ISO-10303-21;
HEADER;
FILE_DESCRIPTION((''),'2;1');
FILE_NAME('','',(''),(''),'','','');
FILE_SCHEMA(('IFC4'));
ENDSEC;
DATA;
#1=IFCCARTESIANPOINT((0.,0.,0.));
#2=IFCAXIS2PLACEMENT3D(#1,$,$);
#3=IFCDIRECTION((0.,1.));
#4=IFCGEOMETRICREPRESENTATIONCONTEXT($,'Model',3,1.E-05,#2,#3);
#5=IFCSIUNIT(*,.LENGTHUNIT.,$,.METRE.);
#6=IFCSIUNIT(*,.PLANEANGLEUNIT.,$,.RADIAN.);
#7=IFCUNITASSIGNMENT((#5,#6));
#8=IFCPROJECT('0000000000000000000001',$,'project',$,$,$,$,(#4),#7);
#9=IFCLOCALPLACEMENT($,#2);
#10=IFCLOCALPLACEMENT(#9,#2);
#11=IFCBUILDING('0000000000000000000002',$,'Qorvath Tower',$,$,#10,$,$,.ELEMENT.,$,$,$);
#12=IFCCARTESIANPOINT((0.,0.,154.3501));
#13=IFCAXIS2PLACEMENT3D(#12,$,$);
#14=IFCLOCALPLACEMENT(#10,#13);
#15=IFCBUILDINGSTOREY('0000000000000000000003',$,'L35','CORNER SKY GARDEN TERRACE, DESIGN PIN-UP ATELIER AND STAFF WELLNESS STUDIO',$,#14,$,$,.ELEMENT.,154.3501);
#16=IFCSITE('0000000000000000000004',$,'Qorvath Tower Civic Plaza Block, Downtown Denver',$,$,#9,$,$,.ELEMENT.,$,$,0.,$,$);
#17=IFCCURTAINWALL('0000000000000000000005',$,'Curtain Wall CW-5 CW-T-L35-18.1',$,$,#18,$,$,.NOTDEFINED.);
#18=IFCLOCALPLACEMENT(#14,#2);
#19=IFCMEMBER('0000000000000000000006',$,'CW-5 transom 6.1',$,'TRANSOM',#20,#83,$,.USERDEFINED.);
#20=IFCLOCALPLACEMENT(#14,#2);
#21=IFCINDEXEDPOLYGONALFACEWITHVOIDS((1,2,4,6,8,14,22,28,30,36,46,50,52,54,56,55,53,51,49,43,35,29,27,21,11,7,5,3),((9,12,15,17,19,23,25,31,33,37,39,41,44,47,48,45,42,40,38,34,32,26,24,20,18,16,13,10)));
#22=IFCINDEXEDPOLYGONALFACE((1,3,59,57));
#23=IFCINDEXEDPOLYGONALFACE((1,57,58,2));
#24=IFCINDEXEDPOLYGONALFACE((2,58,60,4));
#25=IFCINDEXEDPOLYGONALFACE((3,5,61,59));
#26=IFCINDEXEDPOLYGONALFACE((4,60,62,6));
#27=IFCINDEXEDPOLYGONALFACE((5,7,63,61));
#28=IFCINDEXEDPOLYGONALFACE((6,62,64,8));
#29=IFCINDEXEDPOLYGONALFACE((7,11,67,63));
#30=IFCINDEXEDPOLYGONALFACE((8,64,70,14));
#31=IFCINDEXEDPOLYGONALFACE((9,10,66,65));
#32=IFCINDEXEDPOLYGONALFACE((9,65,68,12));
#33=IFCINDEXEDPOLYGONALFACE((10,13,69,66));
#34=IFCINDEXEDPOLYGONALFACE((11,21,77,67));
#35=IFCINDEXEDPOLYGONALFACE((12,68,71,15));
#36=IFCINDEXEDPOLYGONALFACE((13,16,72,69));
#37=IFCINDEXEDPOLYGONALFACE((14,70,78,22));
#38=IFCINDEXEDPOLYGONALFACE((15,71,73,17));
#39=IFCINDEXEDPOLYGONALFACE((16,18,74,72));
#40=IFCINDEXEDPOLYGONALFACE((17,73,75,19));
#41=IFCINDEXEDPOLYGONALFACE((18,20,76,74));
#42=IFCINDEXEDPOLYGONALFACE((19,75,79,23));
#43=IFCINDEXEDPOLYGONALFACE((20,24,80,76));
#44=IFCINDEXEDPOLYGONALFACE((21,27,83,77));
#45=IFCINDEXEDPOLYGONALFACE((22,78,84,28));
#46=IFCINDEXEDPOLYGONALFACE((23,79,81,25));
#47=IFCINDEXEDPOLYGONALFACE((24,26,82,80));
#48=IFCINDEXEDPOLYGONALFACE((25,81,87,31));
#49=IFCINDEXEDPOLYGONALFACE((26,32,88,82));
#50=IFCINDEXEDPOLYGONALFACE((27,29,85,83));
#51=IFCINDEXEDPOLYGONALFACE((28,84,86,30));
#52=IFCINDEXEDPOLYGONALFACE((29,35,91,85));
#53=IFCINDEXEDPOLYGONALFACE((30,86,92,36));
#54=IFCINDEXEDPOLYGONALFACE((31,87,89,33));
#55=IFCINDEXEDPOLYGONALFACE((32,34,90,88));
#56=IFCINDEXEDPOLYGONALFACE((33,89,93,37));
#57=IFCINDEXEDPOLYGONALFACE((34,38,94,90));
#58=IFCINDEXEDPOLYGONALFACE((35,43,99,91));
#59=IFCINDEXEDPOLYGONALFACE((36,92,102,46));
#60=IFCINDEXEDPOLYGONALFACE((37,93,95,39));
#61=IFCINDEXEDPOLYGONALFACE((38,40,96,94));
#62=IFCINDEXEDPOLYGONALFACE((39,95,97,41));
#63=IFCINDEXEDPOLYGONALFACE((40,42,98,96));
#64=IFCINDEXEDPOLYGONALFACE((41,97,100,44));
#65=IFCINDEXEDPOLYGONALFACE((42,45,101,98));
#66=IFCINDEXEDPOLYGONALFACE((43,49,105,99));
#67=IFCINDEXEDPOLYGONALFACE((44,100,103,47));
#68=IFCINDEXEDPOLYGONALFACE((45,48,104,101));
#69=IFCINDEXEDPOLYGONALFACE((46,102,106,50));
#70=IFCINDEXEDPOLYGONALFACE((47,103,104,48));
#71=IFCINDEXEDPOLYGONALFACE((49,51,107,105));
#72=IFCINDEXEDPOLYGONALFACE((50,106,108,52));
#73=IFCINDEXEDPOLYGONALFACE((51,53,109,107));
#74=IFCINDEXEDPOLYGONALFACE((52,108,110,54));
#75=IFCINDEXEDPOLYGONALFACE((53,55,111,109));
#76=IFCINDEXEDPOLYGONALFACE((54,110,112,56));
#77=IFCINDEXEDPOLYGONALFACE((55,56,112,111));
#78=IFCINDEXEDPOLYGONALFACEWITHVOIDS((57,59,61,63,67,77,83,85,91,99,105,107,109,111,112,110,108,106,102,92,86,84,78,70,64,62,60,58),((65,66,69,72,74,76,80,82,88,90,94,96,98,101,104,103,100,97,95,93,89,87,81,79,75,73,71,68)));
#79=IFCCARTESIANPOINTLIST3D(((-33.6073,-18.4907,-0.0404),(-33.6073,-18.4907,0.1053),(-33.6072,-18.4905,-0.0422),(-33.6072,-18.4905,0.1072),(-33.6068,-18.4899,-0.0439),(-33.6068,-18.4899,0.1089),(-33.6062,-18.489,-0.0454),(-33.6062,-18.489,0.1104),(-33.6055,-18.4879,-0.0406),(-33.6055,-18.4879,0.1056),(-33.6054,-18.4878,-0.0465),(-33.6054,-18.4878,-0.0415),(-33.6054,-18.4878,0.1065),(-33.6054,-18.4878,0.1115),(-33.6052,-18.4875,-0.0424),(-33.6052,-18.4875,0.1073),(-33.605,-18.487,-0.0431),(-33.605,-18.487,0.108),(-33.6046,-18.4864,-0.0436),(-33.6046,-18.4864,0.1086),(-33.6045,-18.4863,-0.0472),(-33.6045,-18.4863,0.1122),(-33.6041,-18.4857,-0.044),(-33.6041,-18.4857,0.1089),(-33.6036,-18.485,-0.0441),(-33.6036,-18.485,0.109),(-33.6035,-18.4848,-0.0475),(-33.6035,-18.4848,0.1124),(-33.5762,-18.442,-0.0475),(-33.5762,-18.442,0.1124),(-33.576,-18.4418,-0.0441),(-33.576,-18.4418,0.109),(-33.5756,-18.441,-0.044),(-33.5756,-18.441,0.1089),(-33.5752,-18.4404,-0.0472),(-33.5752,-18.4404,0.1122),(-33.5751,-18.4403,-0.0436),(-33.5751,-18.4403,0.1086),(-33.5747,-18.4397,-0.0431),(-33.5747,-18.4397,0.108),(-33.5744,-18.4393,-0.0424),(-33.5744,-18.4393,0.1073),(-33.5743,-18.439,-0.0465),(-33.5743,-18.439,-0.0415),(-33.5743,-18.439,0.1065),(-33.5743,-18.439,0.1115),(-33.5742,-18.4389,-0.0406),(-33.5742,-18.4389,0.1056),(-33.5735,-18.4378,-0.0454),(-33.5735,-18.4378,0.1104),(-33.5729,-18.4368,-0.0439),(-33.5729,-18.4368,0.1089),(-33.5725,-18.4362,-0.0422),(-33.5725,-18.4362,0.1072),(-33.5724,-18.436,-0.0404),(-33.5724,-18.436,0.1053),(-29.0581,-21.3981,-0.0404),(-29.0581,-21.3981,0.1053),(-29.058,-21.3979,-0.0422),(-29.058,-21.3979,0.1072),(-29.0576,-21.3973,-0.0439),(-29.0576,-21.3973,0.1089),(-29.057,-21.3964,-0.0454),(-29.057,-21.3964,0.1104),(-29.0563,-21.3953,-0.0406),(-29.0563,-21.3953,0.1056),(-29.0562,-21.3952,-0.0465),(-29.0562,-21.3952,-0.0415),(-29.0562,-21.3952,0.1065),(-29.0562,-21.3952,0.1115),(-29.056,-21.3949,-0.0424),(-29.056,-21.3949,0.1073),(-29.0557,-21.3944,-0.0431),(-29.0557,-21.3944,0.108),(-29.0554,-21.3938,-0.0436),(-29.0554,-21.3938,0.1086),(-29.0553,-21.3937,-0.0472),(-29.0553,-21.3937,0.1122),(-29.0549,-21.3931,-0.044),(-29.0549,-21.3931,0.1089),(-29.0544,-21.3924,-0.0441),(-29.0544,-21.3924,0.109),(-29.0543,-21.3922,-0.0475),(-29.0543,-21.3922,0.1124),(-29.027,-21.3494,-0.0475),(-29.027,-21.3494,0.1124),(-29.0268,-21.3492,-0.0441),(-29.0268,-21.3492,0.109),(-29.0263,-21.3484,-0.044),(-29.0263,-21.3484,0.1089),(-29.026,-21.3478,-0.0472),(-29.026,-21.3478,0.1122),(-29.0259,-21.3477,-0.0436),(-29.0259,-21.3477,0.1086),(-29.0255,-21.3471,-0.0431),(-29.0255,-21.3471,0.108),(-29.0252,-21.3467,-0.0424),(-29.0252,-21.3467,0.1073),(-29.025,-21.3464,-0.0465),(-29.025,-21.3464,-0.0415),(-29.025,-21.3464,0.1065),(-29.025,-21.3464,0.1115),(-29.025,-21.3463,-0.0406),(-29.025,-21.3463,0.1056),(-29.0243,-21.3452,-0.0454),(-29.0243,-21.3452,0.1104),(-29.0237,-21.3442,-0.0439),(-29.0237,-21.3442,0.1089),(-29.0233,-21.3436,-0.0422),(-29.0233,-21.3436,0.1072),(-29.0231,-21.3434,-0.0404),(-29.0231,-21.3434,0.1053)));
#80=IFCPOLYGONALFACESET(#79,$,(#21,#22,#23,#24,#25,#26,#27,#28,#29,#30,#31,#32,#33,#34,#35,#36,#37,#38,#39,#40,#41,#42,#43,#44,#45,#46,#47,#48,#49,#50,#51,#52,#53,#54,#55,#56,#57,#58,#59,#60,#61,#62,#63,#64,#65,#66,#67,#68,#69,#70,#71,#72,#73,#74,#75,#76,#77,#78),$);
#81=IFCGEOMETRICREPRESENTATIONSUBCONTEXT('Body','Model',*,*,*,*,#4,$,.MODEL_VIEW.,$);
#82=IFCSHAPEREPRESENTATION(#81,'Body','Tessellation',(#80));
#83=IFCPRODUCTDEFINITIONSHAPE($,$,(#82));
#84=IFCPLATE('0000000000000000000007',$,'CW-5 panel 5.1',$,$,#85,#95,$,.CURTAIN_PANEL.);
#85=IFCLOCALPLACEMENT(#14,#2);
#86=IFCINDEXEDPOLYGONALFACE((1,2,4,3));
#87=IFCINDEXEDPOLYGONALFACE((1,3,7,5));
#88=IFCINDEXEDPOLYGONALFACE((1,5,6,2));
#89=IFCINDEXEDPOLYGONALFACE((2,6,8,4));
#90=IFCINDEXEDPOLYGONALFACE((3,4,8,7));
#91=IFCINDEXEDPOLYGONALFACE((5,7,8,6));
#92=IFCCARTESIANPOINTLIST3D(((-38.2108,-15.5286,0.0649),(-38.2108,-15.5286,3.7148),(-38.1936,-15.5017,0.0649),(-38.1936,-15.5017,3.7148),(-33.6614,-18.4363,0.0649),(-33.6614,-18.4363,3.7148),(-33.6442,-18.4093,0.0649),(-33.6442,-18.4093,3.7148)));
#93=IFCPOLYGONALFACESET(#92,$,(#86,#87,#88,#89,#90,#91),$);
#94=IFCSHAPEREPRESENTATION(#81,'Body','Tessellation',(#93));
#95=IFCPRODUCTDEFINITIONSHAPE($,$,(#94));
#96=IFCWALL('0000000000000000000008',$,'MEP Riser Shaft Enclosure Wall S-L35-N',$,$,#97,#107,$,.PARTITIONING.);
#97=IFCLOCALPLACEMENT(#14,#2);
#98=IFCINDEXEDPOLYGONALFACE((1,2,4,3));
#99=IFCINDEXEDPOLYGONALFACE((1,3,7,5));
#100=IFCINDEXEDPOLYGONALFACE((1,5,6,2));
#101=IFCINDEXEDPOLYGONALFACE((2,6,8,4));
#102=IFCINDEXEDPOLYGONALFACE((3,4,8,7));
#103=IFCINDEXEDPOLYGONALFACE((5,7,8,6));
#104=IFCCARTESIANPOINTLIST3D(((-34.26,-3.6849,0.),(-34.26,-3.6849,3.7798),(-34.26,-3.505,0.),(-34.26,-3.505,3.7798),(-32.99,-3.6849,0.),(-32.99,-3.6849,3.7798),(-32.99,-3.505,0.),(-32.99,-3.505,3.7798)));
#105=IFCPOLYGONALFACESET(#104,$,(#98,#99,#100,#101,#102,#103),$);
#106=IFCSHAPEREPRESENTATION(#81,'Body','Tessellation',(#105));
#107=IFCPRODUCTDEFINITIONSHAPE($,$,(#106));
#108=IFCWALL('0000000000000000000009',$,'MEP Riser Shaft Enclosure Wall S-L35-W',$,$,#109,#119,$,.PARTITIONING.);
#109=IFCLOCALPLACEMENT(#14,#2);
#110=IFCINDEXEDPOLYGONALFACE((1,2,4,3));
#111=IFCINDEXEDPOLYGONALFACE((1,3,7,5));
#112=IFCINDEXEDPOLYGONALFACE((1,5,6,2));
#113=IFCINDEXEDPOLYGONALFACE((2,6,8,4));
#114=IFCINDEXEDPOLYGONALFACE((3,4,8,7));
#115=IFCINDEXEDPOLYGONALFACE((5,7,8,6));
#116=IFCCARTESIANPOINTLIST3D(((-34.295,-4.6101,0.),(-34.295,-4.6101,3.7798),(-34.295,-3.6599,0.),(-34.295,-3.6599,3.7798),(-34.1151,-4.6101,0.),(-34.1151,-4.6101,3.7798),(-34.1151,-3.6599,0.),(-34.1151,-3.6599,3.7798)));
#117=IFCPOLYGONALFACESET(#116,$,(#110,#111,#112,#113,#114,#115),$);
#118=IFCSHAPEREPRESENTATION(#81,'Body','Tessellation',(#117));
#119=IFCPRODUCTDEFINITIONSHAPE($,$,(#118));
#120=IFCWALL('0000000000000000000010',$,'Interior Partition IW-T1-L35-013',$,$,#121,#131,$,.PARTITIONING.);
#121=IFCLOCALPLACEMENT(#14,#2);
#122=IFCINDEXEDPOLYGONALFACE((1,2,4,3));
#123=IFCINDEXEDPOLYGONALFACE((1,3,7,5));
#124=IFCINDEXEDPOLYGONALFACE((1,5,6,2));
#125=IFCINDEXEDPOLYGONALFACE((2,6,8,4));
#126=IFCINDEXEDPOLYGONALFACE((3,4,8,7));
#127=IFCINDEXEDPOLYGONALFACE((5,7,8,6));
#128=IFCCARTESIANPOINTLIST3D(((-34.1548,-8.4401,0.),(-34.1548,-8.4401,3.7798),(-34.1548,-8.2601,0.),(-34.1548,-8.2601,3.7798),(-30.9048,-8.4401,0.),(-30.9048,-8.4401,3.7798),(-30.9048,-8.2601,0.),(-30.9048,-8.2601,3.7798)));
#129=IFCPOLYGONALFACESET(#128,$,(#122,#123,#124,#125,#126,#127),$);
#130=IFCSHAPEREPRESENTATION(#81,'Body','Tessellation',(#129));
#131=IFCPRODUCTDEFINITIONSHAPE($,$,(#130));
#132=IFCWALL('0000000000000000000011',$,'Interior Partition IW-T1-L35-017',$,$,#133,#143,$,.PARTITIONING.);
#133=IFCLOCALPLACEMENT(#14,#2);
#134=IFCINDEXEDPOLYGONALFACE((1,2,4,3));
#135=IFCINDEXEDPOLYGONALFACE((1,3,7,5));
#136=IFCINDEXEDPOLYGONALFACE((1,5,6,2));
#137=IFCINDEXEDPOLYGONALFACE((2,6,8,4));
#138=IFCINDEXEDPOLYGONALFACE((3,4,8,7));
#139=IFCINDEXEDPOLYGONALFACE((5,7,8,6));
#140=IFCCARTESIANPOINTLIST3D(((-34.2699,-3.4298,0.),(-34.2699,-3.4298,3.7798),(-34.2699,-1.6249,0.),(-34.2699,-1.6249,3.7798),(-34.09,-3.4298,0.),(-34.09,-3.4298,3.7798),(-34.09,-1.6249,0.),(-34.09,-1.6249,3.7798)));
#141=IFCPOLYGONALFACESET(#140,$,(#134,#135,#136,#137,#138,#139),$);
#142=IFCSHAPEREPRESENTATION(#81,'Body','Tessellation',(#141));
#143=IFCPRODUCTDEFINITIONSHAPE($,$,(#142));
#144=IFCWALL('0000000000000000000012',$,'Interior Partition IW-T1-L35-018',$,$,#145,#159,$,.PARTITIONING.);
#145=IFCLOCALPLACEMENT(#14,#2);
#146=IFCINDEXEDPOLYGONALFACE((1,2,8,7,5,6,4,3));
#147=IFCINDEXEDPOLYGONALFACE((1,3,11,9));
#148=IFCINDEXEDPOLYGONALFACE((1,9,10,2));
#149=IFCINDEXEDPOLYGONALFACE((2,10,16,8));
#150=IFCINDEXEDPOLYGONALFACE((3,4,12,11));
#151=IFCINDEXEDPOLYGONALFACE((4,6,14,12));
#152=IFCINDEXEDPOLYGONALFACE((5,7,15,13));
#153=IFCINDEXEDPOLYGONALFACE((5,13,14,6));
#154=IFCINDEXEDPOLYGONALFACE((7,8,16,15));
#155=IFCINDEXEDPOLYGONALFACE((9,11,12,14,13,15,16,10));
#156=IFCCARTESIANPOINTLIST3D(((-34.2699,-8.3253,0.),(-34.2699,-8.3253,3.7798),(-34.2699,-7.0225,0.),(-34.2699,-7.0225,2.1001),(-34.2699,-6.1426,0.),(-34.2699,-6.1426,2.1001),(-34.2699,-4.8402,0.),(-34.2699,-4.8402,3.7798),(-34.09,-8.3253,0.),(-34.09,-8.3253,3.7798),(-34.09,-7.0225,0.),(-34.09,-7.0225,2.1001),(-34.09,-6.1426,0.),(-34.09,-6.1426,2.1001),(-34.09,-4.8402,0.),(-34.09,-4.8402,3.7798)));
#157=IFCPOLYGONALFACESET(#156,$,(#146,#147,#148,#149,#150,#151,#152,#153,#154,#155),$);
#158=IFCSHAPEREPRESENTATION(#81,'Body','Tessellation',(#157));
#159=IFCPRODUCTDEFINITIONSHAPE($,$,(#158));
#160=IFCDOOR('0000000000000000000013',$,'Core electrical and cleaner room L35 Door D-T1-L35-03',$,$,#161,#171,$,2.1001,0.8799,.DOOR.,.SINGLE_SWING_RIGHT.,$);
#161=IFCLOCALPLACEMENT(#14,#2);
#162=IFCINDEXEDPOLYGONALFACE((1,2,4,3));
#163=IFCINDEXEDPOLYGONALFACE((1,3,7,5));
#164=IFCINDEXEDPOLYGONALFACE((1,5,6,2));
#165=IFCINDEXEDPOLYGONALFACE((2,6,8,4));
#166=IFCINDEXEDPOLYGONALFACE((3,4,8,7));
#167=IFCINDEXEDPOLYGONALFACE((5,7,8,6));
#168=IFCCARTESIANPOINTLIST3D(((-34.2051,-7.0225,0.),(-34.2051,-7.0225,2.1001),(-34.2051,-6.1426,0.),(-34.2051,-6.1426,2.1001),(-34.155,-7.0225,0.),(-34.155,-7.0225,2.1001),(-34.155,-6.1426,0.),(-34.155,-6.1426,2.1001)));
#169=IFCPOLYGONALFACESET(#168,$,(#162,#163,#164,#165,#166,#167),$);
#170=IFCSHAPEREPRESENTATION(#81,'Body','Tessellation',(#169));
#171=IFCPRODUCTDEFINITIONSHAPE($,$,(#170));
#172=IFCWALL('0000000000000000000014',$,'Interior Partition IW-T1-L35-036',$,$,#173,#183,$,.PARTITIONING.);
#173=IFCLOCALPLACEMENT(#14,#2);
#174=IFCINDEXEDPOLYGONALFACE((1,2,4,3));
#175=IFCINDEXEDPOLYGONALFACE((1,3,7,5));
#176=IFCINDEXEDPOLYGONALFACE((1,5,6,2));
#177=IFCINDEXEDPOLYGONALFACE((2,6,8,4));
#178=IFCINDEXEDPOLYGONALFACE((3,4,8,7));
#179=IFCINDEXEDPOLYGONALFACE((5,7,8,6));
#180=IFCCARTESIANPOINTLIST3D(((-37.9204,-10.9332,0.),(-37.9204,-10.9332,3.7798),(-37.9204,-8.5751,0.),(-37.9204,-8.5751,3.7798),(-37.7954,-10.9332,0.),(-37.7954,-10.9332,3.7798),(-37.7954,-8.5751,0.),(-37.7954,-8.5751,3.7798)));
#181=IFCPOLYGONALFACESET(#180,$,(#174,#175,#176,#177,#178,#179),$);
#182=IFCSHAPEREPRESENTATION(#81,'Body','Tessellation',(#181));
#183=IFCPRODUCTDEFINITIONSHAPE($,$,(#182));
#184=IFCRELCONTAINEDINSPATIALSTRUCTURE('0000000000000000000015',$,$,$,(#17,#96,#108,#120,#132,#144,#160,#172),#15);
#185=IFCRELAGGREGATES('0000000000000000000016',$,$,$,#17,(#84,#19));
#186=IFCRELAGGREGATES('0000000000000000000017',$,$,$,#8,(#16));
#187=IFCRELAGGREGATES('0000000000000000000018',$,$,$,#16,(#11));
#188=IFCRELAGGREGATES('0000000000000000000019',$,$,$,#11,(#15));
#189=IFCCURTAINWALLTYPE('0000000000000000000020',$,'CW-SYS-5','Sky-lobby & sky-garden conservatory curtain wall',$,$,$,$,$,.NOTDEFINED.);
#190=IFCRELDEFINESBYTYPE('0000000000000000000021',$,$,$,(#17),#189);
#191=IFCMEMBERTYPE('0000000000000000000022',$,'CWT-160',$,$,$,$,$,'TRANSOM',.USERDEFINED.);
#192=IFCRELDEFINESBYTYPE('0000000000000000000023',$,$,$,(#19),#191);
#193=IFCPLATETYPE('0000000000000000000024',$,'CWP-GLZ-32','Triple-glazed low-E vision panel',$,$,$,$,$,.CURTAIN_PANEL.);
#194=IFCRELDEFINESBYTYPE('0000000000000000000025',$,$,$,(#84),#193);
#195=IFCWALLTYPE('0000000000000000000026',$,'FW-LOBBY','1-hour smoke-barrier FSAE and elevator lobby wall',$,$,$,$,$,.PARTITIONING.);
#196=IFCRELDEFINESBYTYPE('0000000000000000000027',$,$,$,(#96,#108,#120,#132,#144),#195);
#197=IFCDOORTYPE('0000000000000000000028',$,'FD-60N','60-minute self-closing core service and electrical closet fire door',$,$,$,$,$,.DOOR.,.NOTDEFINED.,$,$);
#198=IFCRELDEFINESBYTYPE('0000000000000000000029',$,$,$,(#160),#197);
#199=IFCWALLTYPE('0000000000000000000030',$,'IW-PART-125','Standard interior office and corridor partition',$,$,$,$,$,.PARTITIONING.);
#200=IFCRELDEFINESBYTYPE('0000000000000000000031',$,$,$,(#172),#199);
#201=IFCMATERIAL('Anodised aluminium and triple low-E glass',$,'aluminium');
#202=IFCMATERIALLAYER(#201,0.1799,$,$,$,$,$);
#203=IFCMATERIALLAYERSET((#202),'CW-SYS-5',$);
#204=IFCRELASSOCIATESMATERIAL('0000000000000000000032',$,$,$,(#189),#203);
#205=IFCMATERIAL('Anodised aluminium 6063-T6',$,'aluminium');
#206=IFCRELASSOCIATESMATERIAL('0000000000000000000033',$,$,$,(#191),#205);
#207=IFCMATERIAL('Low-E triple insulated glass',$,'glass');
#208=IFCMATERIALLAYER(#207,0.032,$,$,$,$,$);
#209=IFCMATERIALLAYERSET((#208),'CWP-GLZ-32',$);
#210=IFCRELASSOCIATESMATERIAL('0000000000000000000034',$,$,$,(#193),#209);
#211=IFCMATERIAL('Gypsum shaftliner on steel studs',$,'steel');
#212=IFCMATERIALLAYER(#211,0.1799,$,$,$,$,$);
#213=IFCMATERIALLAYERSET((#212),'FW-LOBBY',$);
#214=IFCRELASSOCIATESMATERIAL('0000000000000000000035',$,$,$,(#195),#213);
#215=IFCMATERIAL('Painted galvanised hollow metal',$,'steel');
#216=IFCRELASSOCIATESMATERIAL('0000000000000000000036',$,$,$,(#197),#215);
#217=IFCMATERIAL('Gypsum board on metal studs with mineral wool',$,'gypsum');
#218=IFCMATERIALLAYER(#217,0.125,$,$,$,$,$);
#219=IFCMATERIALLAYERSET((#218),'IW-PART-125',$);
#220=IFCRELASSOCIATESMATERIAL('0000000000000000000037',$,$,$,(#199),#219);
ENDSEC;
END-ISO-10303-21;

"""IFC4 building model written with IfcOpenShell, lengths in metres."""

from ifc_helpers import new_model, si_unit, direction, frame, frame_2d, origin, origin_2d, place, context, subcontext, project, spatial, rectangle, hollow_rectangle, extrude, material, layer, layer_set, material_profile, profile_set, type_object, element, fill, aggregate, save


model = new_model("IFC4")

# Units and contexts
model_context = context("Model", 3, precision=1e-05, world=origin(), true_north=direction((0.0, 1.0)))
body_context = subcontext(model_context, "Body", "Model", "MODEL_VIEW")
ifc_project = project(units=[si_unit("LENGTHUNIT", "METRE"), si_unit("PLANEANGLEUNIT", "RADIAN")], contexts=[model_context])

# Site, building, storey
site_placement = place(None, origin())
site = spatial("IfcSite", under=ifc_project, at=site_placement, Name="Qorvath Tower Civic Plaza Block, Downtown Denver", CompositionType="ELEMENT", RefElevation=0.0)
building_placement = place(site_placement, origin())
building = spatial("IfcBuilding", under=site, at=building_placement, Name="Qorvath Tower", CompositionType="ELEMENT")
storey_placement = place(building_placement, frame((0.0, 0.0, 154.3501)))
storey = spatial("IfcBuildingStorey", under=building, at=storey_placement, Name="L35", Description="CORNER SKY GARDEN TERRACE, DESIGN PIN-UP ATELIER AND STAFF WELLNESS STUDIO", CompositionType="ELEMENT", Elevation=154.3501)

# Curtain wall, member, plate
ifc_material_1 = material(Name="Anodised aluminium and triple low-E glass", Category="aluminium")
ifc_layer_1 = layer(ifc_material_1, 0.1799)
ifc_layer_set_1 = layer_set([ifc_layer_1], Name="CW-SYS-5")
curtain_wall_type = type_object("IfcCurtainWallType", Name="CW-SYS-5", Description="Sky-lobby & sky-garden conservatory curtain wall", PredefinedType="NOTDEFINED", material=ifc_layer_set_1)
curtain_wall_placement = place(storey_placement, origin())
curtain_wall = element("IfcCurtainWall", 1, at=curtain_wall_placement, inside=storey, type_object=curtain_wall_type, Name="Curtain Wall CW-5 CW-T-L35-18.1", PredefinedType="NOTDEFINED")
ifc_material_2 = material(Name="Anodised aluminium 6063-T6", Category="aluminium")
ifc_material_profile_1 = material_profile(ifc_material_2, hollow_rectangle(XDim=0.0649, YDim=0.1599, WallThickness=0.0034, InnerFilletRadius=0.0034, OuterFilletRadius=0.0071, at=origin_2d()), Name="CWT 160x65")
ifc_profile_set_1 = profile_set([ifc_material_profile_1], Name="Anodised aluminium 6063-T6")
member_type_1 = type_object("IfcMemberType", Name="CWT-160", ElementType="TRANSOM", PredefinedType="USERDEFINED", material=ifc_profile_set_1)
member_1_placement = place(storey_placement, frame((-33.5898, -18.4634, 0.0325), z_axis=(0.842615, -0.538516, 0.0), x_axis=(0.538516, 0.842615, 0.0)))
member_1 = element("IfcMember", 2, at=member_1_placement, type_object=member_type_1, Name="CW-5 transom 6.1", ObjectType="TRANSOM", PredefinedType="USERDEFINED", context=body_context, shape_type="SweptSolid", body=[
    extrude(hollow_rectangle(XDim=0.0649, YDim=0.1599, WallThickness=0.0034, InnerFilletRadius=0.0034, OuterFilletRadius=0.0071, at=origin_2d()), origin(), (0.0, 0.0, 1.0), 5.3989),
])
ifc_material_3 = material(Name="Low-E triple insulated glass", Category="glass")
ifc_layer_2 = layer(ifc_material_3, 0.032)
ifc_layer_set_2 = layer_set([ifc_layer_2], Name="CWP-GLZ-32")
plate_type = type_object("IfcPlateType", Name="CWP-GLZ-32", Description="Triple-glazed low-E vision panel", PredefinedType="CURTAIN_PANEL", material=ifc_layer_set_2)
plate_placement = place(storey_placement, frame((-35.9275, -16.969, 0.0649), z_axis=(0.0, 0.0, 1.0), x_axis=(0.842602, -0.538536, 0.0)))
plate = element("IfcPlate", 3, at=plate_placement, type_object=plate_type, Name="CW-5 panel 5.1", PredefinedType="CURTAIN_PANEL", context=body_context, shape_type="SweptSolid", body=[
    extrude(rectangle(XDim=5.3992, YDim=0.032, at=origin_2d()), origin(), (0.0, 0.0, 1.0), 3.6499),
])
aggregate(curtain_wall, [plate, member_1])

# Walls
ifc_material_4 = material(Name="Gypsum shaftliner on steel studs", Category="steel")
ifc_layer_3 = layer(ifc_material_4, 0.1799)
ifc_layer_set_3 = layer_set([ifc_layer_3], Name="FW-LOBBY")
wall_type_1 = type_object("IfcWallType", Name="FW-LOBBY", Description="1-hour smoke-barrier FSAE and elevator lobby wall", PredefinedType="PARTITIONING", material=ifc_layer_set_3)
wall_1_placement = place(storey_placement, frame((-34.26, -3.595, 0.0), z_axis=(0.0, 0.0, 1.0), x_axis=(1.0, 0.0, 0.0)))
element("IfcWall", 4, at=wall_1_placement, inside=storey, type_object=wall_type_1, Name="MEP Riser Shaft Enclosure Wall S-L35-N", PredefinedType="PARTITIONING", context=body_context, shape_type="SweptSolid", body=[
    extrude(rectangle(XDim=1.27, YDim=0.1799, at=frame_2d((0.635, 0.0))), origin(), (0.0, 0.0, 1.0), 3.7798),
])
wall_2_placement = place(storey_placement, frame((-34.2051, -4.6101, 0.0), z_axis=(0.0, 0.0, 1.0), x_axis=(0.0, 1.0, 0.0)))
element("IfcWall", 5, at=wall_2_placement, inside=storey, type_object=wall_type_1, Name="MEP Riser Shaft Enclosure Wall S-L35-W", PredefinedType="PARTITIONING", context=body_context, shape_type="SweptSolid", body=[
    extrude(rectangle(XDim=0.9502, YDim=0.1799, at=frame_2d((0.4751, 0.0))), origin(), (0.0, 0.0, 1.0), 3.7798),
])
wall_3_placement = place(storey_placement, frame((-34.1548, -8.3501, 0.0), z_axis=(0.0, 0.0, 1.0), x_axis=(1.0, 0.0, 0.0)))
element("IfcWall", 6, at=wall_3_placement, inside=storey, type_object=wall_type_1, Name="Interior Partition IW-T1-L35-013", PredefinedType="PARTITIONING", context=body_context, shape_type="SweptSolid", body=[
    extrude(rectangle(XDim=3.25, YDim=0.1799, at=frame_2d((1.625, 0.0))), origin(), (0.0, 0.0, 1.0), 3.7798),
])
wall_4_placement = place(storey_placement, frame((-34.1799, -1.625, 0.0), z_axis=(0.0, 0.0, 1.0), x_axis=(0.0, -1.0, 0.0)))
element("IfcWall", 7, at=wall_4_placement, inside=storey, type_object=wall_type_1, Name="Interior Partition IW-T1-L35-017", PredefinedType="PARTITIONING", context=body_context, shape_type="SweptSolid", body=[
    extrude(rectangle(XDim=1.8049, YDim=0.1799, at=frame_2d((0.9023, 0.0))), origin(), (0.0, 0.0, 1.0), 3.7798),
])

# Wall, opening, door
wall_5_placement = place(storey_placement, frame((-34.1799, -4.8401, 0.0), z_axis=(0.0, 0.0, 1.0), x_axis=(0.0, -1.0, 0.0)))
wall_5 = element("IfcWall", 8, at=wall_5_placement, inside=storey, type_object=wall_type_1, Name="Interior Partition IW-T1-L35-018", PredefinedType="PARTITIONING", context=body_context, shape_type="SweptSolid", body=[
    extrude(rectangle(XDim=3.4851, YDim=0.1799, at=frame_2d((1.7427, 0.0))), origin(), (0.0, 0.0, 1.0), 3.7798),
])
opening_1_placement = place(wall_5_placement, frame((1.3025, 0.0, 0.0)))
opening_1 = element("IfcOpeningElement", 9, at=opening_1_placement, cuts=wall_5, PredefinedType="OPENING", context=body_context, shape_type="SweptSolid", body=[
    extrude(rectangle(XDim=0.8799, YDim=2.1001, at=frame_2d((0.4399, 1.05))), frame((0.0, 0.1001, 0.0), z_axis=(0.0, -1.0, 0.0), x_axis=(1.0, 0.0, 0.0)), (0.0, 0.0, 1.0), 0.2),
])
ifc_material_5 = material(Name="Painted galvanised hollow metal", Category="steel")
door_type_1 = type_object("IfcDoorType", Name="FD-60N", Description="60-minute self-closing core service and electrical closet fire door", OperationType="NOTDEFINED", PredefinedType="DOOR", material=ifc_material_5)
door_1_placement = place(opening_1_placement, origin())
door_1 = element("IfcDoor", 10, at=door_1_placement, inside=storey, type_object=door_type_1, Name="Core electrical and cleaner room L35 Door D-T1-L35-03", OperationType="SINGLE_SWING_RIGHT", OverallHeight=2.1001, OverallWidth=0.8799, PredefinedType="DOOR", context=body_context, shape_type="SweptSolid", body=[
    extrude(rectangle(XDim=0.8799, YDim=2.1001, at=frame_2d((0.4399, 1.05))), frame((0.0, 0.0249, 0.0), z_axis=(0.0, -1.0, 0.0), x_axis=(1.0, 0.0, 0.0)), (0.0, 0.0, 1.0), 0.05),
])
fill(opening_1, door_1)

# Wall
ifc_material_6 = material(Name="Gypsum board on metal studs with mineral wool", Category="gypsum")
ifc_layer_4 = layer(ifc_material_6, 0.125)
ifc_layer_set_4 = layer_set([ifc_layer_4], Name="IW-PART-125")
wall_type_2 = type_object("IfcWallType", Name="IW-PART-125", Description="Standard interior office and corridor partition", PredefinedType="PARTITIONING", material=ifc_layer_set_4)
wall_6_placement = place(storey_placement, frame((-37.8579, -8.575, 0.0), z_axis=(0.0, 0.0, 1.0), x_axis=(0.0, -1.0, 0.0)))
element("IfcWall", 11, at=wall_6_placement, inside=storey, type_object=wall_type_2, Name="Interior Partition IW-T1-L35-036", PredefinedType="PARTITIONING", context=body_context, shape_type="SweptSolid", body=[
    extrude(rectangle(XDim=2.3582, YDim=0.125, at=frame_2d((1.1792, 0.0))), origin(), (0.0, 0.0, 1.0), 3.7798),
])

save(model, "model.ifc")
